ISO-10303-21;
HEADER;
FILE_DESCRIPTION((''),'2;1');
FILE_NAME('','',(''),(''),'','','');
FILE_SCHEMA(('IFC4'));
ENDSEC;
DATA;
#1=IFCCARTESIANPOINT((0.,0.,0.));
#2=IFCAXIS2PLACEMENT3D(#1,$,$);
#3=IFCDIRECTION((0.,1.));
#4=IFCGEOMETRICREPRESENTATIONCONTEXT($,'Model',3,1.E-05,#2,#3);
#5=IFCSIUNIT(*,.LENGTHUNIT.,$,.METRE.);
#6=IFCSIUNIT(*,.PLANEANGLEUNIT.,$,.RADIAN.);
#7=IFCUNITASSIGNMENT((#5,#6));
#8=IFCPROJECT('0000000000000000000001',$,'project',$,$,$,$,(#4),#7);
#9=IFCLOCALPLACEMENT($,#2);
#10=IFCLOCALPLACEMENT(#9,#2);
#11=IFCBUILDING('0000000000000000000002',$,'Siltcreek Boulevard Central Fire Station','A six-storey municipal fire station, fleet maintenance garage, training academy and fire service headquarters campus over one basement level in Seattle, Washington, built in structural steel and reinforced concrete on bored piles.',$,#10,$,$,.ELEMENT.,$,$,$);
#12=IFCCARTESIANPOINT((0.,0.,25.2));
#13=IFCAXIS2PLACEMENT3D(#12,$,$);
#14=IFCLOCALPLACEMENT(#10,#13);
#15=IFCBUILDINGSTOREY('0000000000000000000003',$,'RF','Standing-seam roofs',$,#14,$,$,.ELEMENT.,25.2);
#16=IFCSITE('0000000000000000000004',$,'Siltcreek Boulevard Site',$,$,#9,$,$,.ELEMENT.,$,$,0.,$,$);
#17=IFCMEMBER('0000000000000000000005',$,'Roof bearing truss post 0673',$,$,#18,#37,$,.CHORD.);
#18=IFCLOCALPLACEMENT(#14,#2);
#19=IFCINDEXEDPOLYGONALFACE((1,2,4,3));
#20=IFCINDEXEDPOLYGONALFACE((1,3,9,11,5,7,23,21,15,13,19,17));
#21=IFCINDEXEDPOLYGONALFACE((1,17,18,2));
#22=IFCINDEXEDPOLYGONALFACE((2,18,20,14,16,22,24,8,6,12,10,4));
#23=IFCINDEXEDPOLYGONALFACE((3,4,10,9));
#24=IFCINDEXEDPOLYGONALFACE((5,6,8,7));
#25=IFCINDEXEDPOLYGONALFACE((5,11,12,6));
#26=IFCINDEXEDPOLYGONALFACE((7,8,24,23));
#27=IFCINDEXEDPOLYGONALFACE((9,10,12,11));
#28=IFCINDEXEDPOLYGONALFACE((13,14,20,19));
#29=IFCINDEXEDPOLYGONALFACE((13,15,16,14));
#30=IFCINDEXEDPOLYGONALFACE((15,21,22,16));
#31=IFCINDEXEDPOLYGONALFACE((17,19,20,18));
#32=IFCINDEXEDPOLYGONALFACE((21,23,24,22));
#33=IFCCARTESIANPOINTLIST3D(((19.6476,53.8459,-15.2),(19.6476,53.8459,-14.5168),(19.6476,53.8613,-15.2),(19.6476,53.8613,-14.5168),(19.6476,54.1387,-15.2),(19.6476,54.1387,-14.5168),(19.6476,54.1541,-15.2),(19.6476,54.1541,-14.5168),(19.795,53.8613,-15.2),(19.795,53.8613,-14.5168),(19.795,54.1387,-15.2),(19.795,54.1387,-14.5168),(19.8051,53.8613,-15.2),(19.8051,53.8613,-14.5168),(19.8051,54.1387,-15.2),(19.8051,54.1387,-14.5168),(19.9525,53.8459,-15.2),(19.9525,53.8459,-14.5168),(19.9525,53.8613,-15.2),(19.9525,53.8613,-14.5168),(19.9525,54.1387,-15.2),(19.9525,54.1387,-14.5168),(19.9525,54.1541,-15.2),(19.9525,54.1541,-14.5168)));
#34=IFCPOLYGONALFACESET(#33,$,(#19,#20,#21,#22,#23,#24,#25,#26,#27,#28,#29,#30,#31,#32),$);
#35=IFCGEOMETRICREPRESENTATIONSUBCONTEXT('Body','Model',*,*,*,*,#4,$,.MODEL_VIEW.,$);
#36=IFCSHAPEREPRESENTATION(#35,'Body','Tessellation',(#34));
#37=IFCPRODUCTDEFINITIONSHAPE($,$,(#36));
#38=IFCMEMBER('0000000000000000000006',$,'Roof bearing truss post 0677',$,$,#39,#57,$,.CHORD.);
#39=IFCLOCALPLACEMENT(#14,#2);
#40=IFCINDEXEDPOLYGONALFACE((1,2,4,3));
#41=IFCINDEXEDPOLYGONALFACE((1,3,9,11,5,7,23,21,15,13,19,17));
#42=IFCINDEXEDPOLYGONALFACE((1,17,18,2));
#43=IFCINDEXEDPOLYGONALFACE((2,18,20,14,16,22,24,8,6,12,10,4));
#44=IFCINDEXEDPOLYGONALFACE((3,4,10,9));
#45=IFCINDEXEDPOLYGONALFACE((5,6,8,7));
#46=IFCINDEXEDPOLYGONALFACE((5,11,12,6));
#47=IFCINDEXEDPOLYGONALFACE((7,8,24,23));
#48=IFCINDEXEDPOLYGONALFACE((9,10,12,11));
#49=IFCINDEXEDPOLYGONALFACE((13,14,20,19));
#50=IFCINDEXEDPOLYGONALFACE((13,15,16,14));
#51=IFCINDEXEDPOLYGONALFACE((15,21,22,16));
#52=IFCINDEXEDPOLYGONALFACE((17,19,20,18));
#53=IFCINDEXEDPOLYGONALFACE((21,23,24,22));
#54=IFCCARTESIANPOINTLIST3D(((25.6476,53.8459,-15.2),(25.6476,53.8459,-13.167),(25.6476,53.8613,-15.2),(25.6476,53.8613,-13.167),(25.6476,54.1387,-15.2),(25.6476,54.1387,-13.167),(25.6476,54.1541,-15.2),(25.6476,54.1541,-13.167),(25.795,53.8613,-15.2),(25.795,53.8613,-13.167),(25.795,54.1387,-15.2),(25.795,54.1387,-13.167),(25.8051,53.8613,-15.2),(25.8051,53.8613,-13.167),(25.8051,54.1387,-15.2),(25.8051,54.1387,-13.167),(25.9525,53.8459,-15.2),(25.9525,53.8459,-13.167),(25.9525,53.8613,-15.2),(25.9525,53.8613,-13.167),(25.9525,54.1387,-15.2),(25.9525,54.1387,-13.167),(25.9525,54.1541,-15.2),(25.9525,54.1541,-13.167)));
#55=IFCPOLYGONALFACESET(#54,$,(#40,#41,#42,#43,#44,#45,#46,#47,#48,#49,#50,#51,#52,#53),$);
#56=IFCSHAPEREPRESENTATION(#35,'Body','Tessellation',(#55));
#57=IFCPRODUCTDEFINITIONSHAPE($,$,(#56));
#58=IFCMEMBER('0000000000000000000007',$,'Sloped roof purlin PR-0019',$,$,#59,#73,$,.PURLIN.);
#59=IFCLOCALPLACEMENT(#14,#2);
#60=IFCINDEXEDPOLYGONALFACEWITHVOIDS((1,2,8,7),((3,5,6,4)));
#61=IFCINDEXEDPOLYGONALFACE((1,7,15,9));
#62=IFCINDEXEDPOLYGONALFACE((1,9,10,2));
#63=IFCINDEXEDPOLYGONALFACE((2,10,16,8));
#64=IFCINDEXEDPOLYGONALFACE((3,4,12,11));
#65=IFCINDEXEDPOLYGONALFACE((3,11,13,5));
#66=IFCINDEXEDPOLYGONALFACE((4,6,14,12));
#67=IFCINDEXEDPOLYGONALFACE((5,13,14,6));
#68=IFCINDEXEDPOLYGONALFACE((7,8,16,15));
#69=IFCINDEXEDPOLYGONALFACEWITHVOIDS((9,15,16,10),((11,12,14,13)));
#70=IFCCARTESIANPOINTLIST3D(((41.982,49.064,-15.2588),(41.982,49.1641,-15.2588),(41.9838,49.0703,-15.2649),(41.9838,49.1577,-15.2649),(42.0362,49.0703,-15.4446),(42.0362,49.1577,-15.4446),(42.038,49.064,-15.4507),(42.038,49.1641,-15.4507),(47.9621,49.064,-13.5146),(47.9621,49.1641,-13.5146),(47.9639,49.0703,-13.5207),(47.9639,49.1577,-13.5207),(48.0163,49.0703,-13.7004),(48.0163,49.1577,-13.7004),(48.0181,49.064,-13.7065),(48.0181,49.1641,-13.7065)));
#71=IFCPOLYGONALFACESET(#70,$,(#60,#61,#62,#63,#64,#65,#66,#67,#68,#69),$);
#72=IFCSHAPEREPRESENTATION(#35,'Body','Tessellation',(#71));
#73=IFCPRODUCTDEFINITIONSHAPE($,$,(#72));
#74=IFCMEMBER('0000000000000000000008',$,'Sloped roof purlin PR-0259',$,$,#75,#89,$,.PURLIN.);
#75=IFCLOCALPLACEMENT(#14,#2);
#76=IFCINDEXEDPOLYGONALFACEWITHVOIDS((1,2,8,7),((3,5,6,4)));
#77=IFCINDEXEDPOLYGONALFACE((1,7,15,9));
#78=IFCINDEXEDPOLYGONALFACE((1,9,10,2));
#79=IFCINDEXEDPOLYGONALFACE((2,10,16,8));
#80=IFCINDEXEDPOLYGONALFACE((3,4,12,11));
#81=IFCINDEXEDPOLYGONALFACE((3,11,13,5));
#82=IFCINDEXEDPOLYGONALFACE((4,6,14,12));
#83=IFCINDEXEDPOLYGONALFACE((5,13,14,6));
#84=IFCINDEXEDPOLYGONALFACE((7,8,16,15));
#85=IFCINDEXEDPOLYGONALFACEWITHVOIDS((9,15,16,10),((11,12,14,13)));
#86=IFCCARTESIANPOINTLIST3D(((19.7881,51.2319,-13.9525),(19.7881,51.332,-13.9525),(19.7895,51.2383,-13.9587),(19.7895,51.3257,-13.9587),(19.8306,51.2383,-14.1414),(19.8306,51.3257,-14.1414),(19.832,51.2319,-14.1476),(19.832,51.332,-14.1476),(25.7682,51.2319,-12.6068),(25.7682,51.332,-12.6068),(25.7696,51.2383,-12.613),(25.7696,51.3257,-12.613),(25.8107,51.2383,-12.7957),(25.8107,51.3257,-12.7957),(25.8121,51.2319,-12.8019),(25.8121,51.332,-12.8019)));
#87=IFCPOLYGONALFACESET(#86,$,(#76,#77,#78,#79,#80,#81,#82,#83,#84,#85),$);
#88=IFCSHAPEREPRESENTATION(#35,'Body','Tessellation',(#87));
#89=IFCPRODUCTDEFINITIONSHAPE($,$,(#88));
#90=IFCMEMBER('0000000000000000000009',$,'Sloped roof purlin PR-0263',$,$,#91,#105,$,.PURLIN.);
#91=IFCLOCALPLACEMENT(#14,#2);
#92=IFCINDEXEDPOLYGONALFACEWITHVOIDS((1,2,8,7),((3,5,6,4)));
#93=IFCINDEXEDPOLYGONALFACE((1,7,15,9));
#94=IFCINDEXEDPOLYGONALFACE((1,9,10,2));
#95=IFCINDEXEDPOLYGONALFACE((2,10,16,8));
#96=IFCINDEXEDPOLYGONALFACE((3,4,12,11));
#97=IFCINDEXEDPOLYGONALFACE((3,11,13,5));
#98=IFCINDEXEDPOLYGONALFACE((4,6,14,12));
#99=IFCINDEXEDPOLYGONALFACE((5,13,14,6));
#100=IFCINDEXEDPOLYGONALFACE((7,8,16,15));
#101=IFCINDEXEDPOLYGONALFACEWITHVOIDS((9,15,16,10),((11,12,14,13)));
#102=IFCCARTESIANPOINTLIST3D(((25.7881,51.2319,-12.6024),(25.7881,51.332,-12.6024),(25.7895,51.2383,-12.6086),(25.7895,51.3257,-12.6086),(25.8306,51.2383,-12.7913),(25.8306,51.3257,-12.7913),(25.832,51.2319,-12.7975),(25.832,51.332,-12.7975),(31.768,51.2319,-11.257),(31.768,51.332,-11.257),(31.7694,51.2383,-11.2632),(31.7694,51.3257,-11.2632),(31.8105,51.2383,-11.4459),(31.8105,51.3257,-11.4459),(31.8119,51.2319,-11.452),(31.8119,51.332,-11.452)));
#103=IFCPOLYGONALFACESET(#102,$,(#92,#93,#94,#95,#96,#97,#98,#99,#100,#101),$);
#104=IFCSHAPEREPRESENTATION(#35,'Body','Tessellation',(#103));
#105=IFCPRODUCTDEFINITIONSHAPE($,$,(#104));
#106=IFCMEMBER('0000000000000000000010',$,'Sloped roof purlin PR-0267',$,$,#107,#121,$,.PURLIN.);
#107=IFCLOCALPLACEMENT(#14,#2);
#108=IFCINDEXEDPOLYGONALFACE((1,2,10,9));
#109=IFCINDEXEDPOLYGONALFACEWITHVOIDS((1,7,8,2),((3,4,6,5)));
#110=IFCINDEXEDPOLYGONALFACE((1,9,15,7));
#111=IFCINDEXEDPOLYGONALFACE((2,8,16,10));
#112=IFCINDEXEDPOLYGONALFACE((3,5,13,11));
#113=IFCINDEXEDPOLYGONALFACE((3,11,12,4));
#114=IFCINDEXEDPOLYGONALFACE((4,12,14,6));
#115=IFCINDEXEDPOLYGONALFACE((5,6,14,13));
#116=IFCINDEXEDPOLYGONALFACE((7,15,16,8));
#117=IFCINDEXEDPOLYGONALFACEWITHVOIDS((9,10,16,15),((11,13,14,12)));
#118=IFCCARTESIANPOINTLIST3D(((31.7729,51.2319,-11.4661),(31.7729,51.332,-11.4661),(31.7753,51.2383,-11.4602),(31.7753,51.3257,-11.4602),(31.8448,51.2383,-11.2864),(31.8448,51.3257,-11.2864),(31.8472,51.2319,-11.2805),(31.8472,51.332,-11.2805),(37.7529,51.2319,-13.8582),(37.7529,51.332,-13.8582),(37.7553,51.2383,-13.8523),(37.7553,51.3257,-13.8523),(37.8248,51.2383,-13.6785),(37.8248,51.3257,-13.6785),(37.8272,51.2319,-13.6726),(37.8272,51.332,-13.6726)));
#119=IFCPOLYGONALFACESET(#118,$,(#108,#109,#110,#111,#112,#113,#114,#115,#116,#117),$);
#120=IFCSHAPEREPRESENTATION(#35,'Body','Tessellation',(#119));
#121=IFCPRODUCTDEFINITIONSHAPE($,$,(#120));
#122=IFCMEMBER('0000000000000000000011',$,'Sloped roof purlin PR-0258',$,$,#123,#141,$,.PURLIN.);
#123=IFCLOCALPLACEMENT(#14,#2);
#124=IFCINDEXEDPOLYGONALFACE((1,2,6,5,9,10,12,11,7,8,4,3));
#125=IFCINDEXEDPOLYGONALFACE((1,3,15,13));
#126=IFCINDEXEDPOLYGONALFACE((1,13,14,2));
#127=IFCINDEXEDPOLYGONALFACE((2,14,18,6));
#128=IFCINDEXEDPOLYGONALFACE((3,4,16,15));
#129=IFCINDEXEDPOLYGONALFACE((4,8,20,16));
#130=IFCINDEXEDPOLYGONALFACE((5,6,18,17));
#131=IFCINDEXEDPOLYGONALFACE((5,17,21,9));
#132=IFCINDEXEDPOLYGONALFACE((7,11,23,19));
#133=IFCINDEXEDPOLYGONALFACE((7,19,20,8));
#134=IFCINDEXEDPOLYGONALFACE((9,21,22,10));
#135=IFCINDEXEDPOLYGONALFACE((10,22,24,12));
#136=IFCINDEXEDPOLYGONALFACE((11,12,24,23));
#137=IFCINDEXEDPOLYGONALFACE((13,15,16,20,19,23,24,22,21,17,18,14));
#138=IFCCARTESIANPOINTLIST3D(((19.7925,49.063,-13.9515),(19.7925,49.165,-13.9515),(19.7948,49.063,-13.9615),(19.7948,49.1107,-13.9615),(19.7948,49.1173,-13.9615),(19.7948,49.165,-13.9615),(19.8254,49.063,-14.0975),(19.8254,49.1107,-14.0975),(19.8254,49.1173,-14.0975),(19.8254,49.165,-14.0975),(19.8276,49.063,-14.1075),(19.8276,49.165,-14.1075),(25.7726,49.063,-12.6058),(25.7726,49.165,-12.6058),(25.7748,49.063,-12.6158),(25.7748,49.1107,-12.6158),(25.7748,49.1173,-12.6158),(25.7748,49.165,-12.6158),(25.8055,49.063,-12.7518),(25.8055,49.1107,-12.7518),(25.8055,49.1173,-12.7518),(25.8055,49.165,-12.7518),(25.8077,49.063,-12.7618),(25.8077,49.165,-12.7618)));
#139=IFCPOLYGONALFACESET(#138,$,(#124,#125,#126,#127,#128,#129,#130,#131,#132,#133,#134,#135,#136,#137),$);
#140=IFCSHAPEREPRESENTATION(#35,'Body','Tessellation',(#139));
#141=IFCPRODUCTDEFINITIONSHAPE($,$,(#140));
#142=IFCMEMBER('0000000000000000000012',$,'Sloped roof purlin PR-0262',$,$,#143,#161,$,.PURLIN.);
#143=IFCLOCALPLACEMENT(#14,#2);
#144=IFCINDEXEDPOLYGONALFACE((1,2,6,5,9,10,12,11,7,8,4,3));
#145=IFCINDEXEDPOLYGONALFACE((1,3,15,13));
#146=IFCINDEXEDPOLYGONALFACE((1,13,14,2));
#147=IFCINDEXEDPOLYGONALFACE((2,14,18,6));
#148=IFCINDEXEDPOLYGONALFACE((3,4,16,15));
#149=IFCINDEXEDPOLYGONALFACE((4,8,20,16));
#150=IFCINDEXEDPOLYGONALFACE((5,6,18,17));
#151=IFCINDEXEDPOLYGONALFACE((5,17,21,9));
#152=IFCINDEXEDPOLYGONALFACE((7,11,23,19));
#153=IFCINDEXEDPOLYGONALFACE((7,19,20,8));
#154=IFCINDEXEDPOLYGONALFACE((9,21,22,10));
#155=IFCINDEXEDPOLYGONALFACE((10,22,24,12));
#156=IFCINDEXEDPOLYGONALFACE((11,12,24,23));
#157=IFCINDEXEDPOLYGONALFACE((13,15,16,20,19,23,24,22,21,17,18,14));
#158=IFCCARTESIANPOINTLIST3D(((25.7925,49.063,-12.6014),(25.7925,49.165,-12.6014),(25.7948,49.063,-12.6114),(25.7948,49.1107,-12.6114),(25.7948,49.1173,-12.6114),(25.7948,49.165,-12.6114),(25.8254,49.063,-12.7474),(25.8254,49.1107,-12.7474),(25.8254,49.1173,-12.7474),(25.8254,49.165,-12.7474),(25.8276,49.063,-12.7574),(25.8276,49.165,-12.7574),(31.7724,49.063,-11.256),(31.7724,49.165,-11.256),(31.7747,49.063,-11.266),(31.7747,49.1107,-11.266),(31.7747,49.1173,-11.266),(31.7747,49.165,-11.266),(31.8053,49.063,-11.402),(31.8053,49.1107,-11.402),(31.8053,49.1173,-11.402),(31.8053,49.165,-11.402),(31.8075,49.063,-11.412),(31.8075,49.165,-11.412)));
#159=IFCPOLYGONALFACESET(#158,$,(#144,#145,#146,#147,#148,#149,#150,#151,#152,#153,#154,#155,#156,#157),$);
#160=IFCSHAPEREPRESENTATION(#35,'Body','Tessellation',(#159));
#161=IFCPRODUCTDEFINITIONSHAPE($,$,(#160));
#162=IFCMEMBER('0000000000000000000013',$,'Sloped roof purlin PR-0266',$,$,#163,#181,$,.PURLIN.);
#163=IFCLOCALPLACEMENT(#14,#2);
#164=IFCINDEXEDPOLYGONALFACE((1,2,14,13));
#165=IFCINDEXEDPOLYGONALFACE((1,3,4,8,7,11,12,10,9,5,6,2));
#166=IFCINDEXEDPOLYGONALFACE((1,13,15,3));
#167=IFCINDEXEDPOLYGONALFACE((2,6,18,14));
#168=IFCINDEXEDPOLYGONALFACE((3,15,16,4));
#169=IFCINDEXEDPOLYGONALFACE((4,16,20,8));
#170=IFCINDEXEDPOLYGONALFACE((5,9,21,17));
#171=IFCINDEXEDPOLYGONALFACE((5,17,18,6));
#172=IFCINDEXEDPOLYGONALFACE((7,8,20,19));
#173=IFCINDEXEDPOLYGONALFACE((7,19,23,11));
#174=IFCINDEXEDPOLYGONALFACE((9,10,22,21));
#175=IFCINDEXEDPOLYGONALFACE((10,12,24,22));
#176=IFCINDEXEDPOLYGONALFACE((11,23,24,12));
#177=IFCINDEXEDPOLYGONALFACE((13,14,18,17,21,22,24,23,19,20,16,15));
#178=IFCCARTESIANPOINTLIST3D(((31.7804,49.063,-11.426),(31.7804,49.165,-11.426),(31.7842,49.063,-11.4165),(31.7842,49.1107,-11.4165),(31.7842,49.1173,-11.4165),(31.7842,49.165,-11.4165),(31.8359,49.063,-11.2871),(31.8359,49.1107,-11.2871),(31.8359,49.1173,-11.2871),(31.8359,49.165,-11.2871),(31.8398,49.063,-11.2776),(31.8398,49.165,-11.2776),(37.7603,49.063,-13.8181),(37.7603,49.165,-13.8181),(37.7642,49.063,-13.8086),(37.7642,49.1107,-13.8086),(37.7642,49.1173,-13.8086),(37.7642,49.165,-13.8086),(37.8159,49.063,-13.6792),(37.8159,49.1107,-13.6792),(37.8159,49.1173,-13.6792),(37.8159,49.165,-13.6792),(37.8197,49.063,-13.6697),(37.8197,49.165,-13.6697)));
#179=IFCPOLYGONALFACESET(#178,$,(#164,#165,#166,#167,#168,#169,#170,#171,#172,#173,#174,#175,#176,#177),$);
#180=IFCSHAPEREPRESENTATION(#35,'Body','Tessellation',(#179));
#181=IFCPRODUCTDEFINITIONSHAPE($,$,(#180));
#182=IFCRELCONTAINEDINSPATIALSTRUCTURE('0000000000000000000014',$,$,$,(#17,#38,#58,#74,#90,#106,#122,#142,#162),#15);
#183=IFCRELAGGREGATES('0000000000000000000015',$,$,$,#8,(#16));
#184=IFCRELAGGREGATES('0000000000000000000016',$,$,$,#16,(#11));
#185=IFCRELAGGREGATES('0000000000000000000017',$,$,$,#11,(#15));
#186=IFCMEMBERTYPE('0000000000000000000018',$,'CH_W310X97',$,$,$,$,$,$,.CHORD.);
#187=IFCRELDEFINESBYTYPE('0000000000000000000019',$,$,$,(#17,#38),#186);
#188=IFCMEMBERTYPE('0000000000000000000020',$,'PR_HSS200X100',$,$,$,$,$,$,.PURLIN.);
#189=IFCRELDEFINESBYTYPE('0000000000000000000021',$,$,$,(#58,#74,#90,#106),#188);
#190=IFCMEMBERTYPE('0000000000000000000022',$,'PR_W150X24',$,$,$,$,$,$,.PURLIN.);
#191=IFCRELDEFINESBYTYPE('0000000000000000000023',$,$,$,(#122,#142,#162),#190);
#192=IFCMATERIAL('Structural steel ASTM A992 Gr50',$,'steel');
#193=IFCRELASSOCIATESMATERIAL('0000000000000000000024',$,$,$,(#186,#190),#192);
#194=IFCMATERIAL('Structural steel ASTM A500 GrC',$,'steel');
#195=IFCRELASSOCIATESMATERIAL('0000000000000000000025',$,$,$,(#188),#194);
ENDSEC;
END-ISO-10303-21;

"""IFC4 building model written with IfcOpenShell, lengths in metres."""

from ifc_helpers import new_model, si_unit, direction, frame, origin, origin_2d, place, context, subcontext, project, spatial, hollow_rectangle, i_section, extrude, material, material_profile, profile_set, type_object, element, save


model = new_model("IFC4")

# Units and contexts
model_context = context("Model", 3, precision=1e-05, world=origin(), true_north=direction((0.0, 1.0)))
body_context = subcontext(model_context, "Body", "Model", "MODEL_VIEW")
ifc_project = project(units=[si_unit("LENGTHUNIT", "METRE"), si_unit("PLANEANGLEUNIT", "RADIAN")], contexts=[model_context])

# Site, building, storey
site_placement = place(None, origin())
site = spatial("IfcSite", under=ifc_project, at=site_placement, Name="Siltcreek Boulevard Site", CompositionType="ELEMENT", RefElevation=0.0)
building_placement = place(site_placement, origin())
building = spatial("IfcBuilding", under=site, at=building_placement, Name="Siltcreek Boulevard Central Fire Station", Description="A six-storey municipal fire station, fleet maintenance garage, training academy and fire service headquarters campus over one basement level in Seattle, Washington, built in structural steel and reinforced concrete on bored piles.", CompositionType="ELEMENT")
storey_placement = place(building_placement, frame((0.0, 0.0, 25.2)))
storey = spatial("IfcBuildingStorey", under=building, at=storey_placement, Name="RF", Description="Standing-seam roofs", CompositionType="ELEMENT", Elevation=25.2)

# Members
ifc_material_1 = material(Name="Structural steel ASTM A992 Gr50", Category="steel")
ifc_material_profile_1 = material_profile(ifc_material_1, i_section(OverallWidth=0.3049, OverallDepth=0.3081, WebThickness=0.01, FlangeThickness=0.0154, at=origin_2d()), Name="W310X97")
ifc_profile_set_1 = profile_set([ifc_material_profile_1], Name="Structural steel ASTM A992 Gr50")
member_type_1 = type_object("IfcMemberType", Name="CH_W310X97", PredefinedType="CHORD", material=ifc_profile_set_1)
member_1_placement = place(storey_placement, frame((19.8, 54.0, -15.2), z_axis=(0.0, 0.0, 1.0), x_axis=(1.0, 0.0, 0.0)))
element("IfcMember", 1, at=member_1_placement, inside=storey, type_object=member_type_1, Name="Roof bearing truss post 0673", PredefinedType="CHORD", context=body_context, shape_type="SweptSolid", body=[
    extrude(i_section(OverallWidth=0.3049, OverallDepth=0.3081, WebThickness=0.01, FlangeThickness=0.0154, at=origin_2d()), origin(), (0.0, 0.0, 1.0), 0.6831),
])
member_2_placement = place(storey_placement, frame((25.8, 54.0, -15.2), z_axis=(0.0, 0.0, 1.0), x_axis=(1.0, 0.0, 0.0)))
element("IfcMember", 2, at=member_2_placement, inside=storey, type_object=member_type_1, Name="Roof bearing truss post 0677", PredefinedType="CHORD", context=body_context, shape_type="SweptSolid", body=[
    extrude(i_section(OverallWidth=0.3049, OverallDepth=0.3081, WebThickness=0.01, FlangeThickness=0.0154, at=origin_2d()), origin(), (0.0, 0.0, 1.0), 2.033),
])
ifc_material_2 = material(Name="Structural steel ASTM A500 GrC", Category="steel")
ifc_material_profile_2 = material_profile(ifc_material_2, hollow_rectangle(XDim=0.1001, YDim=0.2, WallThickness=0.0063, at=origin_2d()), Name="HSS200X100X6.4")
ifc_profile_set_2 = profile_set([ifc_material_profile_2], Name="Structural steel ASTM A500 GrC")
member_type_2 = type_object("IfcMemberType", Name="PR_HSS200X100", PredefinedType="PURLIN", material=ifc_profile_set_2)
member_3_placement = place(storey_placement, frame((42.01, 49.114, -15.3547), z_axis=(0.960001, 0.0, 0.279997), x_axis=(0.0, 1.0, 0.0)))
element("IfcMember", 3, at=member_3_placement, inside=storey, type_object=member_type_2, Name="Sloped roof purlin PR-0019", PredefinedType="PURLIN", context=body_context, shape_type="SweptSolid", body=[
    extrude(hollow_rectangle(XDim=0.1001, YDim=0.2, WallThickness=0.0063, at=origin_2d()), origin(), (0.0, 0.0, 1.0), 6.2292),
])
member_4_placement = place(storey_placement, frame((19.8101, 51.282, -14.05), z_axis=(0.975603, 0.0, 0.219544), x_axis=(0.0, 1.0, 0.0)))
element("IfcMember", 4, at=member_4_placement, inside=storey, type_object=member_type_2, Name="Sloped roof purlin PR-0259", PredefinedType="PURLIN", context=body_context, shape_type="SweptSolid", body=[
    extrude(hollow_rectangle(XDim=0.1001, YDim=0.2, WallThickness=0.0063, at=origin_2d()), origin(), (0.0, 0.0, 1.0), 6.1296),
])
member_5_placement = place(storey_placement, frame((25.8101, 51.282, -12.7), z_axis=(0.975611, 0.0, 0.219507), x_axis=(0.0, 1.0, 0.0)))
element("IfcMember", 5, at=member_5_placement, inside=storey, type_object=member_type_2, Name="Sloped roof purlin PR-0263", PredefinedType="PURLIN", context=body_context, shape_type="SweptSolid", body=[
    extrude(hollow_rectangle(XDim=0.1001, YDim=0.2, WallThickness=0.0063, at=origin_2d()), origin(), (0.0, 0.0, 1.0), 6.1294),
])
member_6_placement = place(storey_placement, frame((31.8101, 51.282, -11.3733), z_axis=(0.928471, 0.0, -0.371404), x_axis=(0.0, 1.0, 0.0)))
element("IfcMember", 6, at=member_6_placement, inside=storey, type_object=member_type_2, Name="Sloped roof purlin PR-0267", PredefinedType="PURLIN", context=body_context, shape_type="SweptSolid", body=[
    extrude(hollow_rectangle(XDim=0.1001, YDim=0.2, WallThickness=0.0063, at=origin_2d()), origin(), (0.0, 0.0, 1.0), 6.4407),
])
ifc_material_profile_3 = material_profile(ifc_material_1, i_section(OverallWidth=0.1021, OverallDepth=0.1599, WebThickness=0.0066, FlangeThickness=0.0103, at=origin_2d()), Name="W150X24")
ifc_profile_set_3 = profile_set([ifc_material_profile_3], Name="Structural steel ASTM A992 Gr50")
member_type_3 = type_object("IfcMemberType", Name="PR_W150X24", PredefinedType="PURLIN", material=ifc_profile_set_3)
member_7_placement = place(storey_placement, frame((19.8101, 49.114, -14.0295), z_axis=(0.975603, 0.0, 0.219544), x_axis=(0.0, 1.0, 0.0)))
element("IfcMember", 7, at=member_7_placement, inside=storey, type_object=member_type_3, Name="Sloped roof purlin PR-0258", PredefinedType="PURLIN", context=body_context, shape_type="SweptSolid", body=[
    extrude(i_section(OverallWidth=0.1021, OverallDepth=0.1599, WebThickness=0.0066, FlangeThickness=0.0103, at=origin_2d()), origin(), (0.0, 0.0, 1.0), 6.1296),
])
member_8_placement = place(storey_placement, frame((25.8101, 49.114, -12.6794), z_axis=(0.975611, 0.0, 0.219507), x_axis=(0.0, 1.0, 0.0)))
element("IfcMember", 8, at=member_8_placement, inside=storey, type_object=member_type_3, Name="Sloped roof purlin PR-0262", PredefinedType="PURLIN", context=body_context, shape_type="SweptSolid", body=[
    extrude(i_section(OverallWidth=0.1021, OverallDepth=0.1599, WebThickness=0.0066, FlangeThickness=0.0103, at=origin_2d()), origin(), (0.0, 0.0, 1.0), 6.1294),
])
member_9_placement = place(storey_placement, frame((31.8101, 49.114, -11.3518), z_axis=(0.928471, 0.0, -0.371404), x_axis=(0.0, 1.0, 0.0)))
element("IfcMember", 9, at=member_9_placement, inside=storey, type_object=member_type_3, Name="Sloped roof purlin PR-0266", PredefinedType="PURLIN", context=body_context, shape_type="SweptSolid", body=[
    extrude(i_section(OverallWidth=0.1021, OverallDepth=0.1599, WebThickness=0.0066, FlangeThickness=0.0103, at=origin_2d()), origin(), (0.0, 0.0, 1.0), 6.4407),
])

save(model, "model.ifc")
